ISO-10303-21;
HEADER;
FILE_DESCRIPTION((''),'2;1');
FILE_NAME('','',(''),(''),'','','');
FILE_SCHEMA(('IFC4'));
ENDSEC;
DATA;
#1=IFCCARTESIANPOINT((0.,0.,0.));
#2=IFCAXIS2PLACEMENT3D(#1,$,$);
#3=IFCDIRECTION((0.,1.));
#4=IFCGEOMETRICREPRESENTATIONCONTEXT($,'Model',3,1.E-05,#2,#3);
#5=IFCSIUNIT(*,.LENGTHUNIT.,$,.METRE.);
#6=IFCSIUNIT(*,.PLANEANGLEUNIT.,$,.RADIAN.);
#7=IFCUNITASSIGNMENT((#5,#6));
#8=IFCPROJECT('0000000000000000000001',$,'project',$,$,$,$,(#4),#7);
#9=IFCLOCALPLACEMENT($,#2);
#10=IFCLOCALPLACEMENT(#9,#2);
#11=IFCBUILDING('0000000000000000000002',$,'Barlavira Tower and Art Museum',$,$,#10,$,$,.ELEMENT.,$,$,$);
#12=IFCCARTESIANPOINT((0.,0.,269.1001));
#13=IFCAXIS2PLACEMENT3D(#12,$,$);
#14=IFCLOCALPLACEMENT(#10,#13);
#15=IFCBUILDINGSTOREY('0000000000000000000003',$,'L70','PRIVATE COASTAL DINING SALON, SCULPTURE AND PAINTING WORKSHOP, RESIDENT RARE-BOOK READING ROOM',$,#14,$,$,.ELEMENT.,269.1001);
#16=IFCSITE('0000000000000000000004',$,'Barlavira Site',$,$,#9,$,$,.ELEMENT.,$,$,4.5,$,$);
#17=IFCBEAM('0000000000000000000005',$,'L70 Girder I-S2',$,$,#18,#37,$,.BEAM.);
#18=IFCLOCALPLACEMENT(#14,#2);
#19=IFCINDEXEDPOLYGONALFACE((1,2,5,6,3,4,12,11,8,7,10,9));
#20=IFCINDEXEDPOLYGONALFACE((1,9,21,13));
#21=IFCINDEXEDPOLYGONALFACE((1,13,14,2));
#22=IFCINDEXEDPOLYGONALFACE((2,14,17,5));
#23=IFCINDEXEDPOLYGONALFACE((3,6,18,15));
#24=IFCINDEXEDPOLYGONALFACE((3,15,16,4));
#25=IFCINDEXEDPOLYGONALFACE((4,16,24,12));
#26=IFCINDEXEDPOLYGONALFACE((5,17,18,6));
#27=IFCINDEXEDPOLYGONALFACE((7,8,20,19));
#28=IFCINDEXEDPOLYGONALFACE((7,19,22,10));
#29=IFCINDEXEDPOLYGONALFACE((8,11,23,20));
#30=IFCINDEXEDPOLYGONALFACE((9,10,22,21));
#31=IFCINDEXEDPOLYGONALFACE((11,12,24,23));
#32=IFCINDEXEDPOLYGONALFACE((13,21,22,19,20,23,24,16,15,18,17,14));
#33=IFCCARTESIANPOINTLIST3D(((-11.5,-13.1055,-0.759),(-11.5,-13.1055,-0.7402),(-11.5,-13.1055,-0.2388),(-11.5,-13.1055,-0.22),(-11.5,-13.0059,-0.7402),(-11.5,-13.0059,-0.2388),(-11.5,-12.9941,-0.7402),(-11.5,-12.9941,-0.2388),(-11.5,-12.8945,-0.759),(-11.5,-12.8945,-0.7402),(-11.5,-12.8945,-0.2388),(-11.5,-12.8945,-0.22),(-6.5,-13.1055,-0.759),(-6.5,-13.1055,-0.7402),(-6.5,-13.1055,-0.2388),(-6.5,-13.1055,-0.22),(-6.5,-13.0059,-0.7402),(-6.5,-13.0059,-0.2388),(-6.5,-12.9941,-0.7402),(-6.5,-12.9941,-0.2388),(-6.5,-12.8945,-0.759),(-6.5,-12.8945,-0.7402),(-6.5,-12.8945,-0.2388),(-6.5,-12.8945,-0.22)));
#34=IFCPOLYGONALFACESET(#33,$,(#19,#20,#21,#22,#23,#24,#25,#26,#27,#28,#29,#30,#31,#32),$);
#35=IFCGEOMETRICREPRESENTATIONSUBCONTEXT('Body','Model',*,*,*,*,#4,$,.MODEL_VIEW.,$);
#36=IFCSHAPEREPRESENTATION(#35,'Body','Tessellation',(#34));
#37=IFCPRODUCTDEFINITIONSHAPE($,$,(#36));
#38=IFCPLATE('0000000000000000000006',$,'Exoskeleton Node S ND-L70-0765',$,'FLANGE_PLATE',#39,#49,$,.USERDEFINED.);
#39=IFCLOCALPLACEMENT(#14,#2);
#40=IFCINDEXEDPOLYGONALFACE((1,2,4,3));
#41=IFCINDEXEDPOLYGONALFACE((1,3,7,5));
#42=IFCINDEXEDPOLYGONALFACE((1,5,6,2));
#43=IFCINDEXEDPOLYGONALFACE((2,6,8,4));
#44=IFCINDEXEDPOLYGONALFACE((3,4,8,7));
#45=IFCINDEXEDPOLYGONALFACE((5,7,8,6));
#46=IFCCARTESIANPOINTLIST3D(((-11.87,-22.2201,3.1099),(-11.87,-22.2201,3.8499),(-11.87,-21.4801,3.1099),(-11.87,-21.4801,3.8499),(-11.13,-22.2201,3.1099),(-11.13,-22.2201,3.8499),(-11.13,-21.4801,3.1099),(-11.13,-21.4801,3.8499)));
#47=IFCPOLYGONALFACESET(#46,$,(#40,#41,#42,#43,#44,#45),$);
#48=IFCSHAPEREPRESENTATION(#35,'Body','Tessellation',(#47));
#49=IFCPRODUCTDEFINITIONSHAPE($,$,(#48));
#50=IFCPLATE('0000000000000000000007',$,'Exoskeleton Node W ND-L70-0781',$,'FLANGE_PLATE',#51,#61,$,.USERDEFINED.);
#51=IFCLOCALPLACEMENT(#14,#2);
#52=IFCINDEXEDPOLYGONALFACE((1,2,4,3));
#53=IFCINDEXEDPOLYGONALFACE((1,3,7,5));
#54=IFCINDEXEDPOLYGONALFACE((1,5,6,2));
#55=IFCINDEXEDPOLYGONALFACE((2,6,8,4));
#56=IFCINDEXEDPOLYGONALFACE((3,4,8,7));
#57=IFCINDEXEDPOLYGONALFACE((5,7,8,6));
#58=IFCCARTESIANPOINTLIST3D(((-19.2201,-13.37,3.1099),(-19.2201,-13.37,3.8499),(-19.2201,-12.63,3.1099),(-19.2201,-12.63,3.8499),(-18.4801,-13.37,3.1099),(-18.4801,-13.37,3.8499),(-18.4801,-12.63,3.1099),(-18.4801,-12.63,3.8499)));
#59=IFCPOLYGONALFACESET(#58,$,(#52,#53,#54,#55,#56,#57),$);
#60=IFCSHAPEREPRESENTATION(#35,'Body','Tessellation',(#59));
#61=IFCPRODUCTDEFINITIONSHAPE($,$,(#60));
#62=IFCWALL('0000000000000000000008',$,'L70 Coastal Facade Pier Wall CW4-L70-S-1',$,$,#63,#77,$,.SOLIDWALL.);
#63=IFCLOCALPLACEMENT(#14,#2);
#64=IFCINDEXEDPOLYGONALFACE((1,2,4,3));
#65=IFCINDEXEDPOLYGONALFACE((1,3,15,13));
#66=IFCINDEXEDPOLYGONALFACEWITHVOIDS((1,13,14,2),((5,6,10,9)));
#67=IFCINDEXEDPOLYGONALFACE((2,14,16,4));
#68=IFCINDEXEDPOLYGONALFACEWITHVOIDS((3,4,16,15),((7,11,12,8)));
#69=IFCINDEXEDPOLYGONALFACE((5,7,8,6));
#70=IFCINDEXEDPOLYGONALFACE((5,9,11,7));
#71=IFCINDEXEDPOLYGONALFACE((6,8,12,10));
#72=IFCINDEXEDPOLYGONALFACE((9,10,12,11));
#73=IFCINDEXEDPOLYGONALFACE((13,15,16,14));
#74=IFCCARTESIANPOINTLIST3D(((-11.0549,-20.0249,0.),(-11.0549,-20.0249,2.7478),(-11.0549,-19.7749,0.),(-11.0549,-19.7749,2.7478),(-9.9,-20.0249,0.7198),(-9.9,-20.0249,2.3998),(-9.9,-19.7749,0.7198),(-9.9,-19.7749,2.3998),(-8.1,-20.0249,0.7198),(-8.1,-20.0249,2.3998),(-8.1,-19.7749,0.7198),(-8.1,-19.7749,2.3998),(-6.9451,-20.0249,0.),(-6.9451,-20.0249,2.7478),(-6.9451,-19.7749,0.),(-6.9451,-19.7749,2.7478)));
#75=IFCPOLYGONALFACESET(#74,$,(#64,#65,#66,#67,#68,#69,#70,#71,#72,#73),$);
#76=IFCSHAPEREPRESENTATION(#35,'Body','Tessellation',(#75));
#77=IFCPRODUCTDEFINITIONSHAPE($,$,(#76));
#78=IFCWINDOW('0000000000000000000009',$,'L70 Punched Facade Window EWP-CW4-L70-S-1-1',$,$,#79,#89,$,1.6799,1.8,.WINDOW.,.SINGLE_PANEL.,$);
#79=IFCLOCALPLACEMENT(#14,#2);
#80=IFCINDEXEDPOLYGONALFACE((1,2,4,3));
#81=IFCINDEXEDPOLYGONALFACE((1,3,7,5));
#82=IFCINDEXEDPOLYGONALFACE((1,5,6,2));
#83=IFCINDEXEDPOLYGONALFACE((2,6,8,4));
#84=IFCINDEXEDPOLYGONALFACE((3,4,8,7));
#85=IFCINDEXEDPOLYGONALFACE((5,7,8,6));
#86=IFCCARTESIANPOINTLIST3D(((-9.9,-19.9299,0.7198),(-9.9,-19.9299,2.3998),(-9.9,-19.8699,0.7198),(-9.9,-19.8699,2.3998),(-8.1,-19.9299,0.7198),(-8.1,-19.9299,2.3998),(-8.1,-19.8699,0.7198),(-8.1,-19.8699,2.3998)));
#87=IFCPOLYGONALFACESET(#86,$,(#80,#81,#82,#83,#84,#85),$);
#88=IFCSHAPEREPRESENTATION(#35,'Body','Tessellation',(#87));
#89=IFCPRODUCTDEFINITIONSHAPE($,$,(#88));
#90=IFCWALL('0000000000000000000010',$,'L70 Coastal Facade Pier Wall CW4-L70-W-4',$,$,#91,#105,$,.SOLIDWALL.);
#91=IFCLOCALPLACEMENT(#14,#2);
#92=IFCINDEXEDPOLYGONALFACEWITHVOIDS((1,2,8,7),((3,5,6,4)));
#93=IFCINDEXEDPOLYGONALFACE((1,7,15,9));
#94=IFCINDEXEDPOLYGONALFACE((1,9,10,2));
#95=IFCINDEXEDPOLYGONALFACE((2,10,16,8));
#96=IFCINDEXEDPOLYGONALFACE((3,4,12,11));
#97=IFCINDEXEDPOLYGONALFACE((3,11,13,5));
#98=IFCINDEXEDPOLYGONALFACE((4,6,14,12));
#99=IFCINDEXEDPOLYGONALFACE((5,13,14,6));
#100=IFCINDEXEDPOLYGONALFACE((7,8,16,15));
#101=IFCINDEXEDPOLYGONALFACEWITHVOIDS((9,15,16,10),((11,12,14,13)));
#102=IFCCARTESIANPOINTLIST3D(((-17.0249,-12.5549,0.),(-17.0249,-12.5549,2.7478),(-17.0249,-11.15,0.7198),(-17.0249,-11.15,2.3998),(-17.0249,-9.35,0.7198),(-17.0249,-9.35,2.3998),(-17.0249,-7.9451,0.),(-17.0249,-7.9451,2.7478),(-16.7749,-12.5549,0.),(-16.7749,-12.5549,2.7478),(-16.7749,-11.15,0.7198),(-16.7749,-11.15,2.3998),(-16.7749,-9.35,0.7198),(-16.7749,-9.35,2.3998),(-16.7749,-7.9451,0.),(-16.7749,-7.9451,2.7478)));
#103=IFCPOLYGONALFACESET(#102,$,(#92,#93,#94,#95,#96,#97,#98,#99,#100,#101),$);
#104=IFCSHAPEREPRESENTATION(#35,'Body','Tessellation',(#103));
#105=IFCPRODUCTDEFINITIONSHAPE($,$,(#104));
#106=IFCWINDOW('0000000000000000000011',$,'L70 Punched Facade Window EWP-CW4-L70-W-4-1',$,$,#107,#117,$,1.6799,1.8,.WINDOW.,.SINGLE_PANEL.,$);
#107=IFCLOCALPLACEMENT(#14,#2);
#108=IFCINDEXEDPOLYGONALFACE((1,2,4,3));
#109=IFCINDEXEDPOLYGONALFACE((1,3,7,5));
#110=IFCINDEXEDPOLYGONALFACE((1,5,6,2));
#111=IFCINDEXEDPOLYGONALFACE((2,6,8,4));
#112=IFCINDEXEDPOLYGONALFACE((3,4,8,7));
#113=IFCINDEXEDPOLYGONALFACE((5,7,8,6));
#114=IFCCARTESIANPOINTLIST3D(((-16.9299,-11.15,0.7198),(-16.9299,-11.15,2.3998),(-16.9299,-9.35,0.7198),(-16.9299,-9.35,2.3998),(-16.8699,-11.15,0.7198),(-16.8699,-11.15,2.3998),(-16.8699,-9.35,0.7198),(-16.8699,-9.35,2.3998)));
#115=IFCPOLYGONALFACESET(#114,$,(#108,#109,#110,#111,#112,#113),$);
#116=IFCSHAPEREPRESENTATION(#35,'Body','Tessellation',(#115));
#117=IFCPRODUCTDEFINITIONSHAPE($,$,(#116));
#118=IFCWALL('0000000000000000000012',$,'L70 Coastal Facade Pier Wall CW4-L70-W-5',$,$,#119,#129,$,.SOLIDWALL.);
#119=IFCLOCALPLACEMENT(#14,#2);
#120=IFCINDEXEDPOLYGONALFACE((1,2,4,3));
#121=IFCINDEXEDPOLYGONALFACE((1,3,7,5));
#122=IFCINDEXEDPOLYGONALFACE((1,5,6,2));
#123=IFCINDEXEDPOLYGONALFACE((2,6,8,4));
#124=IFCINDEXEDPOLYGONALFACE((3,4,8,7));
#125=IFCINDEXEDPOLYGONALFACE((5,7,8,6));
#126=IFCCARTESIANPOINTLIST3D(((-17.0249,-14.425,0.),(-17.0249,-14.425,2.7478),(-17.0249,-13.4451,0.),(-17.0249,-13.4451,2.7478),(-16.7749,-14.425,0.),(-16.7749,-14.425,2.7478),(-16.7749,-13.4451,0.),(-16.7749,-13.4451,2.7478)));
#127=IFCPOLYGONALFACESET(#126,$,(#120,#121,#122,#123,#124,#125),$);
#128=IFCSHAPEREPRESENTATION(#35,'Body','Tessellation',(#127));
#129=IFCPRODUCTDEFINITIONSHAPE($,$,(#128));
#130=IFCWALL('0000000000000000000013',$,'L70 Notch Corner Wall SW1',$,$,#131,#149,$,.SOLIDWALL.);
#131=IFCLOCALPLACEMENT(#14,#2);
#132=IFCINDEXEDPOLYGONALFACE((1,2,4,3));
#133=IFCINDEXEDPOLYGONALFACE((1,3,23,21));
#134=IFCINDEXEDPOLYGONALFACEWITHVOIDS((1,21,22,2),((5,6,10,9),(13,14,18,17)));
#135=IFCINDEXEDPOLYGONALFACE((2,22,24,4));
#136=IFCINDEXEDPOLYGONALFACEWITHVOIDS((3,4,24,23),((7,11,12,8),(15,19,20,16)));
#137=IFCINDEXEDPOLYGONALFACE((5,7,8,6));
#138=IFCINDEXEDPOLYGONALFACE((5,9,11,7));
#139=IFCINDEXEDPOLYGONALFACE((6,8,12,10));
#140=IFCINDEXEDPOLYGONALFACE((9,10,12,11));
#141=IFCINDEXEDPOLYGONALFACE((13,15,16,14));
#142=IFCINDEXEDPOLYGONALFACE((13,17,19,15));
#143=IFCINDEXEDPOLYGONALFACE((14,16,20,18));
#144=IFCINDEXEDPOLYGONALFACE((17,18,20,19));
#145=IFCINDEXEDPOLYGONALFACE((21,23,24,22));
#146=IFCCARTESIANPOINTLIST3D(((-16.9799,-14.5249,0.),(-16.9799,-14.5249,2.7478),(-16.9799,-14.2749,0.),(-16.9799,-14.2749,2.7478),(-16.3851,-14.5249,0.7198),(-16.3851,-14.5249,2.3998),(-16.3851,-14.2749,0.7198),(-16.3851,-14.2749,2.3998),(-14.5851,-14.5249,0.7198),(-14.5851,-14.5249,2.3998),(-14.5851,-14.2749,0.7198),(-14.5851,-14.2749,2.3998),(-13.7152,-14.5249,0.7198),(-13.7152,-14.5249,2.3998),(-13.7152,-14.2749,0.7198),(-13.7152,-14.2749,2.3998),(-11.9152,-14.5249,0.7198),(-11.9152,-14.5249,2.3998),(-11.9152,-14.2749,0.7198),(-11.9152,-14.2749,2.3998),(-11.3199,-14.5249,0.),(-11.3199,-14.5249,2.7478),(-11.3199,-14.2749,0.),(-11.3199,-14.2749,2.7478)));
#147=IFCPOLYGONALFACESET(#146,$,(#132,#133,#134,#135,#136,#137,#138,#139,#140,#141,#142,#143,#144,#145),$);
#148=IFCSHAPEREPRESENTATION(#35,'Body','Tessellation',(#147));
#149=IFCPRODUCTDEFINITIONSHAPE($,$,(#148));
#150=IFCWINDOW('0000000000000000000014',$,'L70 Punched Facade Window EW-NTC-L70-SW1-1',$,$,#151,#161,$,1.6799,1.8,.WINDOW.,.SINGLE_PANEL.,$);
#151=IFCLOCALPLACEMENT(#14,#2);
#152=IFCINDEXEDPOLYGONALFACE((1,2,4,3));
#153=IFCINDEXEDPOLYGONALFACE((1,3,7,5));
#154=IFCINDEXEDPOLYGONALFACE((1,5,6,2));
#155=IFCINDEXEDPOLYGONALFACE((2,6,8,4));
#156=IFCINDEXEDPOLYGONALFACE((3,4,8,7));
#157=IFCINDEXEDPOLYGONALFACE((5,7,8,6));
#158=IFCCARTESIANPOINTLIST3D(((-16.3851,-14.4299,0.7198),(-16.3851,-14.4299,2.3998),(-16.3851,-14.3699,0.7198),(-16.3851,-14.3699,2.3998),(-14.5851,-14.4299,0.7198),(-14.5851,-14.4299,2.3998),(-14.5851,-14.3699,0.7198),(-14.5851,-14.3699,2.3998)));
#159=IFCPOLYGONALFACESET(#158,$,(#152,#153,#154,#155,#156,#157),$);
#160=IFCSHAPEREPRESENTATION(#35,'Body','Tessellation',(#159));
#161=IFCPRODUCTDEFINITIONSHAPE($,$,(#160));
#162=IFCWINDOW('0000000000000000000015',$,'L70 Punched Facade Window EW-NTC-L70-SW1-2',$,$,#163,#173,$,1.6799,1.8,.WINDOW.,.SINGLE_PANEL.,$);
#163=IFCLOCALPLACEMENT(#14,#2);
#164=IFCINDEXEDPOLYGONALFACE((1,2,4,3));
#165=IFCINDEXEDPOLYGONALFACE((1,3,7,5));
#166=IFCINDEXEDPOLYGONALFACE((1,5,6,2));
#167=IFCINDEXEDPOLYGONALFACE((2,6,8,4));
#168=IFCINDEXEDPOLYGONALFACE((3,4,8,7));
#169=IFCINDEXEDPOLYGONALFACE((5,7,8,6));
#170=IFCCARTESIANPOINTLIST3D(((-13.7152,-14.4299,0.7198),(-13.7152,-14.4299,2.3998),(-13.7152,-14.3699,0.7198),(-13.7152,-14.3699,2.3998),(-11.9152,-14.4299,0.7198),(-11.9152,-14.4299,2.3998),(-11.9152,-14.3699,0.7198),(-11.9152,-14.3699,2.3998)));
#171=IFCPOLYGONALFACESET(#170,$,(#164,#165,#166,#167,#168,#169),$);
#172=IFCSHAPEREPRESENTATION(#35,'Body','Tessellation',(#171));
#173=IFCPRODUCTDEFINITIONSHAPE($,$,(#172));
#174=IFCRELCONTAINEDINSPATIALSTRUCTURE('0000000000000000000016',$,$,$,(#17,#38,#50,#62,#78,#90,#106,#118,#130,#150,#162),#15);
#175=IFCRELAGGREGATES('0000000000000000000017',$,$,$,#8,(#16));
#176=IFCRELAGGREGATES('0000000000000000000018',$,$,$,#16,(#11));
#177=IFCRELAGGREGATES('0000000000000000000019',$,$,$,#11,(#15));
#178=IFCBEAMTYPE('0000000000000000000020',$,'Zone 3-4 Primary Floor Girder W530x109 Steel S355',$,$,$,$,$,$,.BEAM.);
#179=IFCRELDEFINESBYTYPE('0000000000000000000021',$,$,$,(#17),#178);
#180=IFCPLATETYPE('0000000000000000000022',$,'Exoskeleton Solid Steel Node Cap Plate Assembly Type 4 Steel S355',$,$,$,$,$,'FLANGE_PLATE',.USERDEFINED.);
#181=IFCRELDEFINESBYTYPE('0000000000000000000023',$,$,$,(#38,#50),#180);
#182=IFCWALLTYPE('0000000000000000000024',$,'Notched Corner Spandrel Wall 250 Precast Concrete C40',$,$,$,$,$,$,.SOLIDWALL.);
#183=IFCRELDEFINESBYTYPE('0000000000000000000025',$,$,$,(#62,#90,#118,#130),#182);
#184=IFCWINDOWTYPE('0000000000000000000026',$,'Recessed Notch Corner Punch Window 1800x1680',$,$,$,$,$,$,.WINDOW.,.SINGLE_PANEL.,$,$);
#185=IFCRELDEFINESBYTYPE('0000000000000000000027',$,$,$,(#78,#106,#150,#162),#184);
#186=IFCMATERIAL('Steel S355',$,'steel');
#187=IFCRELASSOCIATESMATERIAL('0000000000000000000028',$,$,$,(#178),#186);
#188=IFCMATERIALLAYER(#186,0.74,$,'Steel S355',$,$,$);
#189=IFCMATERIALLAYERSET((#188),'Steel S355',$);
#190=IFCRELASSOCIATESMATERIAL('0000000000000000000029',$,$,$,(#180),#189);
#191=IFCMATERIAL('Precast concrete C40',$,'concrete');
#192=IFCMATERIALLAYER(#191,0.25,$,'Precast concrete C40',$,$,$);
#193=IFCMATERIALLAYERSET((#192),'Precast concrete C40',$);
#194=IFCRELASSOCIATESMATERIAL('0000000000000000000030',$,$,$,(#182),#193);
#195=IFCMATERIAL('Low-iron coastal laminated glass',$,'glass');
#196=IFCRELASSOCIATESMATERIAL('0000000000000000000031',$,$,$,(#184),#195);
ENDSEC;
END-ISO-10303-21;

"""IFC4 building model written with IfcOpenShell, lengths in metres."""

from ifc_helpers import new_model, si_unit, direction, frame, frame_2d, origin, origin_2d, place, context, subcontext, project, spatial, rectangle, i_section, extrude, material, layer, layer_set, material_profile, profile_set, type_object, element, fill, save


model = new_model("IFC4")

# Units and contexts
model_context = context("Model", 3, precision=1e-05, world=origin(), true_north=direction((0.0, 1.0)))
body_context = subcontext(model_context, "Body", "Model", "MODEL_VIEW")
ifc_project = project(units=[si_unit("LENGTHUNIT", "METRE"), si_unit("PLANEANGLEUNIT", "RADIAN")], contexts=[model_context])

# Site, building, storey
site_placement = place(None, origin())
site = spatial("IfcSite", under=ifc_project, at=site_placement, Name="Barlavira Site", CompositionType="ELEMENT", RefElevation=4.5)
building_placement = place(site_placement, origin())
building = spatial("IfcBuilding", under=site, at=building_placement, Name="Barlavira Tower and Art Museum", CompositionType="ELEMENT")
storey_placement = place(building_placement, frame((0.0, 0.0, 269.1001)))
storey = spatial("IfcBuildingStorey", under=building, at=storey_placement, Name="L70", Description="PRIVATE COASTAL DINING SALON, SCULPTURE AND PAINTING WORKSHOP, RESIDENT RARE-BOOK READING ROOM", CompositionType="ELEMENT", Elevation=269.1001)

# Beam
ifc_material_1 = material(Name="Steel S355", Category="steel")
ifc_material_profile_1 = material_profile(ifc_material_1, i_section(OverallWidth=0.2109, OverallDepth=0.5391, WebThickness=0.0117, FlangeThickness=0.0188, at=origin_2d()), Name="W530x109.0")
ifc_profile_set_1 = profile_set([ifc_material_profile_1], Name="Steel S355")
beam_type_1 = type_object("IfcBeamType", Name="Zone 3-4 Primary Floor Girder W530x109 Steel S355", PredefinedType="BEAM", material=ifc_profile_set_1)
beam_1_placement = place(storey_placement, frame((-11.5, -13.0, -0.4895), z_axis=(1.0, 0.0, 0.0), x_axis=(0.0, 1.0, 0.0)))
element("IfcBeam", 1, at=beam_1_placement, inside=storey, type_object=beam_type_1, Name="L70 Girder I-S2", PredefinedType="BEAM", context=body_context, shape_type="SweptSolid", body=[
    extrude(i_section(OverallWidth=0.2109, OverallDepth=0.5391, WebThickness=0.0117, FlangeThickness=0.0188, at=origin_2d()), origin(), (0.0, 0.0, 1.0), 5.0),
])

# Plates
ifc_layer_1 = layer(ifc_material_1, 0.74, Name="Steel S355")
ifc_layer_set_1 = layer_set([ifc_layer_1], Name="Steel S355")
plate_type = type_object("IfcPlateType", Name="Exoskeleton Solid Steel Node Cap Plate Assembly Type 4 Steel S355", ElementType="FLANGE_PLATE", PredefinedType="USERDEFINED", material=ifc_layer_set_1)
for number, where, z_axis, x_axis, name in (
    (2, (-11.5, -21.8501, 3.1099), (0.0, 0.0, 1.0), (1.0, 0.0, 0.0), "Exoskeleton Node S ND-L70-0765"),
    (3, (-18.8501, -13.0, 3.1099), (0.0, 0.0, 1.0), (1.0, 0.0, 0.0), "Exoskeleton Node W ND-L70-0781"),
):
    element("IfcPlate", number, at=place(storey_placement, frame(where, z_axis=z_axis, x_axis=x_axis)), inside=storey, type_object=plate_type, Name=name, ObjectType="FLANGE_PLATE", PredefinedType="USERDEFINED", context=body_context, shape_type="SweptSolid", body=[
        extrude(rectangle(XDim=0.74, YDim=0.74, at=origin_2d()), origin(), (0.0, 0.0, 1.0), 0.74),
    ])

# Walls, openings, windows
ifc_material_2 = material(Name="Precast concrete C40", Category="concrete")
ifc_layer_2 = layer(ifc_material_2, 0.25, Name="Precast concrete C40")
ifc_layer_set_2 = layer_set([ifc_layer_2], Name="Precast concrete C40")
wall_type = type_object("IfcWallType", Name="Notched Corner Spandrel Wall 250 Precast Concrete C40", PredefinedType="SOLIDWALL", material=ifc_layer_set_2)
wall_1_placement = place(storey_placement, frame((-11.0549, -19.8999, 0.0), z_axis=(0.0, 0.0, 1.0), x_axis=(1.0, 0.0, 0.0)))
wall_1 = element("IfcWall", 4, at=wall_1_placement, inside=storey, type_object=wall_type, Name="L70 Coastal Facade Pier Wall CW4-L70-S-1", PredefinedType="SOLIDWALL", context=body_context, shape_type="SweptSolid", body=[
    extrude(rectangle(XDim=4.1099, YDim=0.25, at=frame_2d((2.0549, 0.0))), origin(), (0.0, 0.0, 1.0), 2.7478),
])
opening_1_placement = place(wall_1_placement, frame((1.155, 0.0, 0.72)))
opening_1 = element("IfcOpeningElement", 5, at=opening_1_placement, cuts=wall_1, PredefinedType="OPENING", context=body_context, shape_type="SweptSolid", body=[
    extrude(rectangle(XDim=1.8, YDim=1.6799, at=frame_2d((0.8999, 0.8398))), frame((0.0, 0.135, 0.0), z_axis=(0.0, -1.0, 0.0), x_axis=(1.0, 0.0, 0.0)), (0.0, 0.0, 1.0), 0.27),
])
ifc_material_3 = material(Name="Low-iron coastal laminated glass", Category="glass")
window_type = type_object("IfcWindowType", Name="Recessed Notch Corner Punch Window 1800x1680", PartitioningType="SINGLE_PANEL", PredefinedType="WINDOW", material=ifc_material_3)
window_1_placement = place(opening_1_placement, origin())
window_1 = element("IfcWindow", 6, at=window_1_placement, inside=storey, type_object=window_type, Name="L70 Punched Facade Window EWP-CW4-L70-S-1-1", OverallHeight=1.6799, OverallWidth=1.8, PartitioningType="SINGLE_PANEL", PredefinedType="WINDOW", context=body_context, shape_type="SweptSolid", body=[
    extrude(rectangle(XDim=1.8, YDim=1.6799, at=frame_2d((0.8999, 0.8398))), frame((0.0, 0.03, 0.0), z_axis=(0.0, -1.0, 0.0), x_axis=(1.0, 0.0, 0.0)), (0.0, 0.0, 1.0), 0.0601),
])
fill(opening_1, window_1)
wall_2_placement = place(storey_placement, frame((-16.8999, -7.9451, 0.0), z_axis=(0.0, 0.0, 1.0), x_axis=(0.0, -1.0, 0.0)))
wall_2 = element("IfcWall", 7, at=wall_2_placement, inside=storey, type_object=wall_type, Name="L70 Coastal Facade Pier Wall CW4-L70-W-4", PredefinedType="SOLIDWALL", context=body_context, shape_type="SweptSolid", body=[
    extrude(rectangle(XDim=4.6099, YDim=0.25, at=frame_2d((2.3049, 0.0))), origin(), (0.0, 0.0, 1.0), 2.7478),
])
opening_2_placement = place(wall_2_placement, frame((1.405, 0.0, 0.72)))
opening_2 = element("IfcOpeningElement", 8, at=opening_2_placement, cuts=wall_2, PredefinedType="OPENING", context=body_context, shape_type="SweptSolid", body=[
    extrude(rectangle(XDim=1.8, YDim=1.6799, at=frame_2d((0.8999, 0.8398))), frame((0.0, 0.135, 0.0), z_axis=(0.0, -1.0, 0.0), x_axis=(1.0, 0.0, 0.0)), (0.0, 0.0, 1.0), 0.27),
])
window_2_placement = place(opening_2_placement, origin())
window_2 = element("IfcWindow", 9, at=window_2_placement, inside=storey, type_object=window_type, Name="L70 Punched Facade Window EWP-CW4-L70-W-4-1", OverallHeight=1.6799, OverallWidth=1.8, PartitioningType="SINGLE_PANEL", PredefinedType="WINDOW", context=body_context, shape_type="SweptSolid", body=[
    extrude(rectangle(XDim=1.8, YDim=1.6799, at=frame_2d((0.8999, 0.8398))), frame((0.0, 0.03, 0.0), z_axis=(0.0, -1.0, 0.0), x_axis=(1.0, 0.0, 0.0)), (0.0, 0.0, 1.0), 0.0601),
])
fill(opening_2, window_2)

# Wall
wall_3_placement = place(storey_placement, frame((-16.8999, -13.4451, 0.0), z_axis=(0.0, 0.0, 1.0), x_axis=(0.0, -1.0, 0.0)))
element("IfcWall", 10, at=wall_3_placement, inside=storey, type_object=wall_type, Name="L70 Coastal Facade Pier Wall CW4-L70-W-5", PredefinedType="SOLIDWALL", context=body_context, shape_type="SweptSolid", body=[
    extrude(rectangle(XDim=0.98, YDim=0.25, at=frame_2d((0.49, 0.0))), origin(), (0.0, 0.0, 1.0), 2.7478),
])

# Wall, openings, windows
wall_4_placement = place(storey_placement, frame((-16.98, -14.3999, 0.0), z_axis=(0.0, 0.0, 1.0), x_axis=(1.0, 0.0, 0.0)))
wall_4 = element("IfcWall", 11, at=wall_4_placement, inside=storey, type_object=wall_type, Name="L70 Notch Corner Wall SW1", PredefinedType="SOLIDWALL", context=body_context, shape_type="SweptSolid", body=[
    extrude(rectangle(XDim=5.6599, YDim=0.25, at=frame_2d((2.8301, 0.0))), origin(), (0.0, 0.0, 1.0), 2.7478),
])
opening_3_placement = place(wall_4_placement, frame((0.595, 0.0, 0.72)))
opening_3 = element("IfcOpeningElement", 12, at=opening_3_placement, cuts=wall_4, PredefinedType="OPENING", context=body_context, shape_type="SweptSolid", body=[
    extrude(rectangle(XDim=1.8, YDim=1.6799, at=frame_2d((0.8999, 0.8398))), frame((0.0, 0.135, 0.0), z_axis=(0.0, -1.0, 0.0), x_axis=(1.0, 0.0, 0.0)), (0.0, 0.0, 1.0), 0.27),
])
opening_4_placement = place(wall_4_placement, frame((3.2649, 0.0, 0.72)))
opening_4 = element("IfcOpeningElement", 13, at=opening_4_placement, cuts=wall_4, PredefinedType="OPENING", context=body_context, shape_type="SweptSolid", body=[
    extrude(rectangle(XDim=1.8, YDim=1.6799, at=frame_2d((0.8999, 0.8398))), frame((0.0, 0.135, 0.0), z_axis=(0.0, -1.0, 0.0), x_axis=(1.0, 0.0, 0.0)), (0.0, 0.0, 1.0), 0.27),
])
window_3_placement = place(opening_3_placement, origin())
window_3 = element("IfcWindow", 14, at=window_3_placement, inside=storey, type_object=window_type, Name="L70 Punched Facade Window EW-NTC-L70-SW1-1", OverallHeight=1.6799, OverallWidth=1.8, PartitioningType="SINGLE_PANEL", PredefinedType="WINDOW", context=body_context, shape_type="SweptSolid", body=[
    extrude(rectangle(XDim=1.8, YDim=1.6799, at=frame_2d((0.8999, 0.8398))), frame((0.0, 0.03, 0.0), z_axis=(0.0, -1.0, 0.0), x_axis=(1.0, 0.0, 0.0)), (0.0, 0.0, 1.0), 0.0601),
])
fill(opening_3, window_3)
window_4_placement = place(opening_4_placement, origin())
window_4 = element("IfcWindow", 15, at=window_4_placement, inside=storey, type_object=window_type, Name="L70 Punched Facade Window EW-NTC-L70-SW1-2", OverallHeight=1.6799, OverallWidth=1.8, PartitioningType="SINGLE_PANEL", PredefinedType="WINDOW", context=body_context, shape_type="SweptSolid", body=[
    extrude(rectangle(XDim=1.8, YDim=1.6799, at=frame_2d((0.8999, 0.8398))), frame((0.0, 0.03, 0.0), z_axis=(0.0, -1.0, 0.0), x_axis=(1.0, 0.0, 0.0)), (0.0, 0.0, 1.0), 0.0601),
])
fill(opening_4, window_4)

save(model, "model.ifc")
